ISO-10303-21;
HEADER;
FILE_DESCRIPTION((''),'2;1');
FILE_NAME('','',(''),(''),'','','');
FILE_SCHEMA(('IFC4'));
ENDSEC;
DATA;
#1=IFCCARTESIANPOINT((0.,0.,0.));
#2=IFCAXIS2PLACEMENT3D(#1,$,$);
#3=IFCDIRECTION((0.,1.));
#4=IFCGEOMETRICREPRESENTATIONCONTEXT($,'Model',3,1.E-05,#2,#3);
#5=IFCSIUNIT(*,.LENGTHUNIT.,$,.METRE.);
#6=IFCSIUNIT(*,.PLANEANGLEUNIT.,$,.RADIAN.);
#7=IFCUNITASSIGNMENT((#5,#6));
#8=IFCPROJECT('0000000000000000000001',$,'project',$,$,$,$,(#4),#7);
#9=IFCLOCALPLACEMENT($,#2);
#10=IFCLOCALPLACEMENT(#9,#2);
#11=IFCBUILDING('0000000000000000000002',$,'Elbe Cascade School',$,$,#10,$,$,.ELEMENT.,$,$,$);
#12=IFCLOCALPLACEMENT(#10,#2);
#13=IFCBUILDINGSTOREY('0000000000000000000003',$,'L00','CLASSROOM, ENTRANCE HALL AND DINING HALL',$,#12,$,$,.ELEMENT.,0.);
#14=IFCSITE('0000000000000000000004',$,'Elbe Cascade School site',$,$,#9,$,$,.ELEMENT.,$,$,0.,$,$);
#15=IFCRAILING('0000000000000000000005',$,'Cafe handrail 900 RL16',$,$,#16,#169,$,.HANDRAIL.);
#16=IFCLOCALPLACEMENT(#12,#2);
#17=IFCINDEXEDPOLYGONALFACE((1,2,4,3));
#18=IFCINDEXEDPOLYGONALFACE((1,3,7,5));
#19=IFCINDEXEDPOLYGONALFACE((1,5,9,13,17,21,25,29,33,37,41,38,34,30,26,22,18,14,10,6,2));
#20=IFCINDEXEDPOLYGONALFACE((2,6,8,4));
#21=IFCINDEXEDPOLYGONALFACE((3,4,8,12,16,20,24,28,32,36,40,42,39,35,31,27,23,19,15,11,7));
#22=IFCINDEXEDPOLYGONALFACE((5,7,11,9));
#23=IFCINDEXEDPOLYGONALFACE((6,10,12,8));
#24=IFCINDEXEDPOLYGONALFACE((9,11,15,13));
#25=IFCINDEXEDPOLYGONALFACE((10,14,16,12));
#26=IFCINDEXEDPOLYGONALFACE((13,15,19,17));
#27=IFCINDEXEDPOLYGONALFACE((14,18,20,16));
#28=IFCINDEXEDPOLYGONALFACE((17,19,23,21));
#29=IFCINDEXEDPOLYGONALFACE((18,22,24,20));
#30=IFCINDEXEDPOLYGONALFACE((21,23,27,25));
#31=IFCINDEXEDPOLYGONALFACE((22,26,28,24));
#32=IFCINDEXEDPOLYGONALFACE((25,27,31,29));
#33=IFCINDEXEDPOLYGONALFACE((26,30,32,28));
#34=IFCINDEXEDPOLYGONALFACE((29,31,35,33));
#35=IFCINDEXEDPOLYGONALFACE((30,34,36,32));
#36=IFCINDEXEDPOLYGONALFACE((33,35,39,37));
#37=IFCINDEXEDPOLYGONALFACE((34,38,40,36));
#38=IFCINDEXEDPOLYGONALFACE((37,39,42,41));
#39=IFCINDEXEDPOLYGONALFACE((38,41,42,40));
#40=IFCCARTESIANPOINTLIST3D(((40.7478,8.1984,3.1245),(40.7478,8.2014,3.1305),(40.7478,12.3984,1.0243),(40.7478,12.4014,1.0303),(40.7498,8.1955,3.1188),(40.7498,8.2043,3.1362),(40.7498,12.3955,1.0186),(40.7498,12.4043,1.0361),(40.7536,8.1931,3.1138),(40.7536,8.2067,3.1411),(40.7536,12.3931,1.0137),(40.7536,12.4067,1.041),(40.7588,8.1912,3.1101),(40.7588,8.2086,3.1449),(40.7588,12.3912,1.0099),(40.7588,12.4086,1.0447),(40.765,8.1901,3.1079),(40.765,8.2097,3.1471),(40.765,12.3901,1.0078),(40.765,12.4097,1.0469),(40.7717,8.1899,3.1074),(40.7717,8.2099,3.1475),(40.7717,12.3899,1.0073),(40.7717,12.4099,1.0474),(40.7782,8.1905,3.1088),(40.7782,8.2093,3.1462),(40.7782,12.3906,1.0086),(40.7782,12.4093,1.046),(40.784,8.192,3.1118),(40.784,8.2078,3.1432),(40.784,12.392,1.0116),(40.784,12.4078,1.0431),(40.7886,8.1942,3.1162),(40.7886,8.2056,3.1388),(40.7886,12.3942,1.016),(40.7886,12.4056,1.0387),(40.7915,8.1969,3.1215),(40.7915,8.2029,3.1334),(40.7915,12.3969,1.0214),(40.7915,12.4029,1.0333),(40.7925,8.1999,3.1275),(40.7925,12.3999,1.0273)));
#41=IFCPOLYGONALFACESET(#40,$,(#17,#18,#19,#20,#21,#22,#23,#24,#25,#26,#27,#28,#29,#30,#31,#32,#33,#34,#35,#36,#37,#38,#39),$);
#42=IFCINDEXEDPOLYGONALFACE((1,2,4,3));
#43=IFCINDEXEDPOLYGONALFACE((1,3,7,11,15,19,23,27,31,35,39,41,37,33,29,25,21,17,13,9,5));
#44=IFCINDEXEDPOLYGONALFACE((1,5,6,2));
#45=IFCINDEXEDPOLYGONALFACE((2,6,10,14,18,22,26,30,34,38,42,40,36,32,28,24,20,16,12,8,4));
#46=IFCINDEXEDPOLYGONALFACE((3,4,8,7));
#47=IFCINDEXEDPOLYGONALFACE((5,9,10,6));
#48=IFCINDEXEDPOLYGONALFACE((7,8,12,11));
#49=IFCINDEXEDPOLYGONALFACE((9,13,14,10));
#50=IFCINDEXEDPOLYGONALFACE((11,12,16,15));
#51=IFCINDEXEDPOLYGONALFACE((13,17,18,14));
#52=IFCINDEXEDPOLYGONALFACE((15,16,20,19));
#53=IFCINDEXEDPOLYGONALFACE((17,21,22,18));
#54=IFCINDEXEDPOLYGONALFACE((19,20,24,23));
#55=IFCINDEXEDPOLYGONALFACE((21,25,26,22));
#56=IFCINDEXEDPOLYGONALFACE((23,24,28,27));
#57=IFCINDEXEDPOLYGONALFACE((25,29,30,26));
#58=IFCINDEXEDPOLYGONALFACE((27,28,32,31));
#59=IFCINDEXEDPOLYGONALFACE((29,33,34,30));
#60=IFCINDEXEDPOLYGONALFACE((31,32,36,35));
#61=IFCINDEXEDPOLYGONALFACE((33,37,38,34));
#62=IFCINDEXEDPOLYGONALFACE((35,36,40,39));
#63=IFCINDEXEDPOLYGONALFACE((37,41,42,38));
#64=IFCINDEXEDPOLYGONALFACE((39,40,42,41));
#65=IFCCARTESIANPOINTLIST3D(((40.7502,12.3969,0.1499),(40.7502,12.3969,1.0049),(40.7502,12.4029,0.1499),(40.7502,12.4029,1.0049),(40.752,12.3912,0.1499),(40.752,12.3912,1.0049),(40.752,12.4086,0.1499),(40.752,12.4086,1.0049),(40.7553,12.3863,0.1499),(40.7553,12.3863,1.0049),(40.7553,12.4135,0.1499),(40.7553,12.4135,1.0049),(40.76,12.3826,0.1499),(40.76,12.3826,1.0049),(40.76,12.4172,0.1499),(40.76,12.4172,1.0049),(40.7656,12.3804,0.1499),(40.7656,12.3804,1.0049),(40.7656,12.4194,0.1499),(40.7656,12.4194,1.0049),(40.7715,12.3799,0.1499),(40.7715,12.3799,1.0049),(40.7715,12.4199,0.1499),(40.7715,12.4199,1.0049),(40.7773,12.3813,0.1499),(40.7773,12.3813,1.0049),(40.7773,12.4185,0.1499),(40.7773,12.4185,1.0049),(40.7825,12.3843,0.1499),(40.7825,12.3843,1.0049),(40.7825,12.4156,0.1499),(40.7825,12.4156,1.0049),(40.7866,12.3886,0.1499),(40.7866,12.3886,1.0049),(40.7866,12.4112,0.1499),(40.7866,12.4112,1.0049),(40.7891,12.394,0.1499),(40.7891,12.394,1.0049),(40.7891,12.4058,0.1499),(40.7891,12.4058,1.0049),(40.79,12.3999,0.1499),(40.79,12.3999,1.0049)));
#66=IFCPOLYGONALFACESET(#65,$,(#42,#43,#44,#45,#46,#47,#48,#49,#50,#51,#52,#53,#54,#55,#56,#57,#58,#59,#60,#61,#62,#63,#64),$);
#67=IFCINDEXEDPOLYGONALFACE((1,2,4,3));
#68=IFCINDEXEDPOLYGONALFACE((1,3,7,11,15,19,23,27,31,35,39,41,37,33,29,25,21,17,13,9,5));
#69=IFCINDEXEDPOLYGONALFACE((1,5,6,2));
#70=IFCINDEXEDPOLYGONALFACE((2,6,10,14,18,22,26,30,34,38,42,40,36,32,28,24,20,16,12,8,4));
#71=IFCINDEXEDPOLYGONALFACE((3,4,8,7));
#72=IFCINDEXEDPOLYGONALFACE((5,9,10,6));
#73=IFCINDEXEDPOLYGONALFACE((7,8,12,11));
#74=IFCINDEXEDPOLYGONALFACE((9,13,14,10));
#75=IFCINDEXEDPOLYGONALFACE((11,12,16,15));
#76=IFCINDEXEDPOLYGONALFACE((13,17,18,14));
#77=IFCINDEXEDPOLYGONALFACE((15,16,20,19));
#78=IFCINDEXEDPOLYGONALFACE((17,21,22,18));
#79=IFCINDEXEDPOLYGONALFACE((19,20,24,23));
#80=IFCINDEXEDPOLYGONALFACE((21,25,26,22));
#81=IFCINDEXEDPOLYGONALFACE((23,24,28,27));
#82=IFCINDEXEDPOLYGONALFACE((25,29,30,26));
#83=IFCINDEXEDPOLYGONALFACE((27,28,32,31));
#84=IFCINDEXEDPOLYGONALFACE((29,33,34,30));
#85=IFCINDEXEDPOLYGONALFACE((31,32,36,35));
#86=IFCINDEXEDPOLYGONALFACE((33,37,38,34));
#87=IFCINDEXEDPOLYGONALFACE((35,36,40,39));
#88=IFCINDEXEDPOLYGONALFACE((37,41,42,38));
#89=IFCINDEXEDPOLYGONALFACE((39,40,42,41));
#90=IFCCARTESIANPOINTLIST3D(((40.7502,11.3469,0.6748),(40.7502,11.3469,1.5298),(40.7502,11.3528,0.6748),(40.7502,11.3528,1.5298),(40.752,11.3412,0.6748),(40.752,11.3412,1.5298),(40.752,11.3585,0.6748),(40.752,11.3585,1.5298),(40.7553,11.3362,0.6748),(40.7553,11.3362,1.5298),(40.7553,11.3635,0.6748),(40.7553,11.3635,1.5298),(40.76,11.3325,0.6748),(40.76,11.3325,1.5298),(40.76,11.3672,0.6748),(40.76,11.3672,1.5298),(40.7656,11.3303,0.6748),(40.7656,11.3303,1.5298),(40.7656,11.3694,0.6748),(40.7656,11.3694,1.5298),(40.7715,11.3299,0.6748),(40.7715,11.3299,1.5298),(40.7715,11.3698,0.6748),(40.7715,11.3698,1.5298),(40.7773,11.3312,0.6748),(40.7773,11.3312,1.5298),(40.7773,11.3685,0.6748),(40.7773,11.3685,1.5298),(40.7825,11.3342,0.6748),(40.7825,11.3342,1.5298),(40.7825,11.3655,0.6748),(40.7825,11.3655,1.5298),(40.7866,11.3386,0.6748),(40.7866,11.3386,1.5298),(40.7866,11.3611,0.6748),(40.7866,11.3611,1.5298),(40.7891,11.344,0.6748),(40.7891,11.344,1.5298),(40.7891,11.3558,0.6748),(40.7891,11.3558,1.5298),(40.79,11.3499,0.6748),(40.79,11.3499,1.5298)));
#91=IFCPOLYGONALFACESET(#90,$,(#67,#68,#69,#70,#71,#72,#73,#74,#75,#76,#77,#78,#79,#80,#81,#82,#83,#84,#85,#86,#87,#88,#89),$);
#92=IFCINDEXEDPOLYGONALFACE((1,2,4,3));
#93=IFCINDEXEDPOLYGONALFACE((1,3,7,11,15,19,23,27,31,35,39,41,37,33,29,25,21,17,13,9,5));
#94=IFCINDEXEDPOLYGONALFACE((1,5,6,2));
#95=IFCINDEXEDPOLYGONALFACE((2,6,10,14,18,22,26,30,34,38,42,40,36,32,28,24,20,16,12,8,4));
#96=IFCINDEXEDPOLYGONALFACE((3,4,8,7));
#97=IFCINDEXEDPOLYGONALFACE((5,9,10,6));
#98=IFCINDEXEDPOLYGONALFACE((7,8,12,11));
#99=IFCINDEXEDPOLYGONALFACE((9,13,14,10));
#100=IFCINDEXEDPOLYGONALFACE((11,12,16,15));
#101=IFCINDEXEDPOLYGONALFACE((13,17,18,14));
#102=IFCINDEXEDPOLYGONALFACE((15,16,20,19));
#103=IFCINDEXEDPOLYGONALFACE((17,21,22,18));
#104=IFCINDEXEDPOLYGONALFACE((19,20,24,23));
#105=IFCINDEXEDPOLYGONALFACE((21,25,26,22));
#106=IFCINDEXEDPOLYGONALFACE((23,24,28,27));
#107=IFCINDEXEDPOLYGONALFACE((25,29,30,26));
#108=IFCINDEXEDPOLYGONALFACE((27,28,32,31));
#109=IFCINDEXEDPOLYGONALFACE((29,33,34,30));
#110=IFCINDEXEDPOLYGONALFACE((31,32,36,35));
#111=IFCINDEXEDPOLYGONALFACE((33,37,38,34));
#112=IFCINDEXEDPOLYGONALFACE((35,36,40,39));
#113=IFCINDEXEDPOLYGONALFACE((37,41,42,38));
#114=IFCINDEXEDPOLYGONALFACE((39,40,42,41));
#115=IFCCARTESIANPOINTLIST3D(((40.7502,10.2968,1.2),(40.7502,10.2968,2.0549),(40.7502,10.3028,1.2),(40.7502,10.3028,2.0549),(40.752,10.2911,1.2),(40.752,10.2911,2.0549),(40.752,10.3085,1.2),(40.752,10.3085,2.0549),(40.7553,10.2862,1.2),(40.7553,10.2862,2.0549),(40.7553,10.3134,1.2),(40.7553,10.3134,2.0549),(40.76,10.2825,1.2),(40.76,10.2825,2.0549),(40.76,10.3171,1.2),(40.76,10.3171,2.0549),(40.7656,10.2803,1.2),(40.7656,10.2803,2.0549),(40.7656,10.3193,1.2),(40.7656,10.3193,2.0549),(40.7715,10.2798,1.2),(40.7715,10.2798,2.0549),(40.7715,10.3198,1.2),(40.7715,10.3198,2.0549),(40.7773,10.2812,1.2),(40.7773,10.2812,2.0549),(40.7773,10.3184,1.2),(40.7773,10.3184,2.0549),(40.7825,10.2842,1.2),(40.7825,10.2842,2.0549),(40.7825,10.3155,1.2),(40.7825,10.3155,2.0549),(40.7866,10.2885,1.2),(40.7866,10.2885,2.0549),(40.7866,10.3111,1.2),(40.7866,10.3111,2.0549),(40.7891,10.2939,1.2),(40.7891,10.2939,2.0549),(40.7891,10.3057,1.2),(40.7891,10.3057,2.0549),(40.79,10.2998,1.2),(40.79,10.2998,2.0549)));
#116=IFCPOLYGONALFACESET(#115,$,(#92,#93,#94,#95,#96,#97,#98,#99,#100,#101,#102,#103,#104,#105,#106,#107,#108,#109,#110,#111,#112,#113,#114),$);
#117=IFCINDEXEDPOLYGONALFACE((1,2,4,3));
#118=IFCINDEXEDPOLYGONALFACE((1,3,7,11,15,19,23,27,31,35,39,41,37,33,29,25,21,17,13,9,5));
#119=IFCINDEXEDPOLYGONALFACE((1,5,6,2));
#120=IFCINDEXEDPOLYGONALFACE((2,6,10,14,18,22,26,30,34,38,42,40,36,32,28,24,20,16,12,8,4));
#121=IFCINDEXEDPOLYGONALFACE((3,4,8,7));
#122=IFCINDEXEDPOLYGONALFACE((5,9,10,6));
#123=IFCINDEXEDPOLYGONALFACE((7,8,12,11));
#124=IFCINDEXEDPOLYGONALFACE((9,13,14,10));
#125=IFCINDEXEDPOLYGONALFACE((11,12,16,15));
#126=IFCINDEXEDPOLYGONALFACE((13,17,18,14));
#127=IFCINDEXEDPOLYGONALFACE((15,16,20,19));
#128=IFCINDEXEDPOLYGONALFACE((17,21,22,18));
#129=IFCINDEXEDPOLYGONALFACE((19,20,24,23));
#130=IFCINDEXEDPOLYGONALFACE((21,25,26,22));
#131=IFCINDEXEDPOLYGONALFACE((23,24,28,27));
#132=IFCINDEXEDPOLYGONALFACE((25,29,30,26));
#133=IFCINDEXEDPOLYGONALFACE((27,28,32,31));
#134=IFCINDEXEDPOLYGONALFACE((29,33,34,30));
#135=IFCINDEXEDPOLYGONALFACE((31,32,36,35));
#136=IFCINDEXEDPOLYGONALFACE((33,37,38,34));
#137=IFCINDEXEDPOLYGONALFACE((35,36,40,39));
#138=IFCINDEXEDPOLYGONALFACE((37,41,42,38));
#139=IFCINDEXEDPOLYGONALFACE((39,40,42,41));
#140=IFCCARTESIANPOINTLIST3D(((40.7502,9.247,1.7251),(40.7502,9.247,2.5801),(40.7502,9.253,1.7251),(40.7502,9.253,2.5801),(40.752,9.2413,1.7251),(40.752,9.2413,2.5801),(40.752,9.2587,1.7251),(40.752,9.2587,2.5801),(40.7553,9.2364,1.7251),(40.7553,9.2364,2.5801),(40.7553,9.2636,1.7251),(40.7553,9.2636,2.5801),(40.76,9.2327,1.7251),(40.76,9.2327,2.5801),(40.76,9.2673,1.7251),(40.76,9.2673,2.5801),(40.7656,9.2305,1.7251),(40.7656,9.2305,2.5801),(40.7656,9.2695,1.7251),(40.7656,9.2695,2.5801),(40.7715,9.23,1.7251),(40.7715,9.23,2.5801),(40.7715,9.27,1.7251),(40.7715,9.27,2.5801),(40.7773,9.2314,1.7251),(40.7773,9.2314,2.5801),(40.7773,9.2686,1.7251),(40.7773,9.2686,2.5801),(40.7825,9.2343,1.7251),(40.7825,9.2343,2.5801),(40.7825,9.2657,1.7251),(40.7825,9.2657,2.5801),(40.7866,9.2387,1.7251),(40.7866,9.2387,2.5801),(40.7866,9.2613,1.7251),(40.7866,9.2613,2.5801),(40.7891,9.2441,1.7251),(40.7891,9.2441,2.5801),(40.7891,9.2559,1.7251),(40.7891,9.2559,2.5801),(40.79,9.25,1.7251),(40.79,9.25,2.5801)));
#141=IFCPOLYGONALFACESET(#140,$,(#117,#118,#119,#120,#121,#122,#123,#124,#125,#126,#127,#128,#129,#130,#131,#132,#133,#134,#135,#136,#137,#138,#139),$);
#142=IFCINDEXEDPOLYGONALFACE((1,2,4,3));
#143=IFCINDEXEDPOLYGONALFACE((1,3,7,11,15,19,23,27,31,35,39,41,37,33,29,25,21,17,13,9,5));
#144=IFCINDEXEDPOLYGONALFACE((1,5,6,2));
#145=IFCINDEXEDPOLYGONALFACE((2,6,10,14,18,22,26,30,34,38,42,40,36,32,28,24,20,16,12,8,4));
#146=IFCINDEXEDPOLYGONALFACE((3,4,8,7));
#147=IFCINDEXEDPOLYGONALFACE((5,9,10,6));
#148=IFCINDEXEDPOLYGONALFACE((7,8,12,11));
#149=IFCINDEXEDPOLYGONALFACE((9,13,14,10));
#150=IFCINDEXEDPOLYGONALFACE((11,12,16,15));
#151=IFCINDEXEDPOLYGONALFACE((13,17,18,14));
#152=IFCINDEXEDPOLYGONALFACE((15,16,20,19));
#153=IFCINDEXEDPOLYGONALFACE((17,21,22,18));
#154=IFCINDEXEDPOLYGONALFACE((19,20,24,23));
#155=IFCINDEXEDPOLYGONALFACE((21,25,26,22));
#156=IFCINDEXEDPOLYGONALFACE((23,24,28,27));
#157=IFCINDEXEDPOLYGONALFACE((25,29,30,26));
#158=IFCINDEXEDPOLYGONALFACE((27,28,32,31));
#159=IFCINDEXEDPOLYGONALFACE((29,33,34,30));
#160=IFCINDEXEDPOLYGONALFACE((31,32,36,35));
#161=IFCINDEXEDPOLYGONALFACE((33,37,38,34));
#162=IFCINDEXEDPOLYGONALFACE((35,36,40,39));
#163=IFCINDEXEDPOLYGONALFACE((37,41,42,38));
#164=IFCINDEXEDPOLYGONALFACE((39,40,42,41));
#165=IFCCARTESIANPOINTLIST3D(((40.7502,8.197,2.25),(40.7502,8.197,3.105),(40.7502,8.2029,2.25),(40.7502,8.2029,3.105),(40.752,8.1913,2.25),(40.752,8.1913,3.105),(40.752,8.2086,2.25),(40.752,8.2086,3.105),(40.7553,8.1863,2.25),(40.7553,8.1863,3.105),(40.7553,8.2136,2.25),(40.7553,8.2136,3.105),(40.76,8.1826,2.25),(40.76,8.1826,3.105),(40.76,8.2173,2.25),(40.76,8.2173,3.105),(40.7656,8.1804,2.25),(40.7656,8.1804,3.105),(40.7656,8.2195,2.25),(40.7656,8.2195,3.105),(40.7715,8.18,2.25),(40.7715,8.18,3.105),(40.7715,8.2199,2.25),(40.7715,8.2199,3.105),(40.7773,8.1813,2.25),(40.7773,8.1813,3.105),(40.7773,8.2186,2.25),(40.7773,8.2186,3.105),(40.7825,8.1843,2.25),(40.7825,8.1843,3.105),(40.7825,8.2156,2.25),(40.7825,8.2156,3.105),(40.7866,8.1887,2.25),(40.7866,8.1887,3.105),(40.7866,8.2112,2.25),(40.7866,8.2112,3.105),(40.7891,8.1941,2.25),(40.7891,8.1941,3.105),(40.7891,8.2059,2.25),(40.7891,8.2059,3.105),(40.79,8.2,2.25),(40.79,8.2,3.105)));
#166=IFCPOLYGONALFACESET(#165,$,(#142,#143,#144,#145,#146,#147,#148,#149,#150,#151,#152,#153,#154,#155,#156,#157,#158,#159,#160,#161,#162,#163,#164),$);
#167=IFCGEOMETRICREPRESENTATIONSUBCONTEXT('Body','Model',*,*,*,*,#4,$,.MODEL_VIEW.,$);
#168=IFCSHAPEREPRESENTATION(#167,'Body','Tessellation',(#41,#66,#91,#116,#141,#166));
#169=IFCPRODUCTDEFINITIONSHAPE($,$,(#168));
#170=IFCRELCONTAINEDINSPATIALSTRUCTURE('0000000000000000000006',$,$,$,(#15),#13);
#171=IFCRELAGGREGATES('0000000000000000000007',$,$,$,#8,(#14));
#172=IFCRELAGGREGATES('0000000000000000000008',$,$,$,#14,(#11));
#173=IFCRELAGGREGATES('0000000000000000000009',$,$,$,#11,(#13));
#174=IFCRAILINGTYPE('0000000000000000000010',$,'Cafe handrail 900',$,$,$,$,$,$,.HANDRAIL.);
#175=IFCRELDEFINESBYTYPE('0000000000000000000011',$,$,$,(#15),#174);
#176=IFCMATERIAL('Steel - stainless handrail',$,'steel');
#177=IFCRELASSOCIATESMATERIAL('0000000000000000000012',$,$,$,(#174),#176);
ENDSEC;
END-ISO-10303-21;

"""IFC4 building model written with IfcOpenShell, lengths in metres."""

from ifc_helpers import new_model, si_unit, direction, frame, origin, origin_2d, place, context, subcontext, project, spatial, circle, extrude, material, type_object, element, save


model = new_model("IFC4")

# Units and contexts
model_context = context("Model", 3, precision=1e-05, world=origin(), true_north=direction((0.0, 1.0)))
body_context = subcontext(model_context, "Body", "Model", "MODEL_VIEW")
ifc_project = project(units=[si_unit("LENGTHUNIT", "METRE"), si_unit("PLANEANGLEUNIT", "RADIAN")], contexts=[model_context])

# Site, building, storey
site_placement = place(None, origin())
site = spatial("IfcSite", under=ifc_project, at=site_placement, Name="Elbe Cascade School site", CompositionType="ELEMENT", RefElevation=0.0)
building_placement = place(site_placement, origin())
building = spatial("IfcBuilding", under=site, at=building_placement, Name="Elbe Cascade School", CompositionType="ELEMENT")
storey_placement = place(building_placement, origin())
storey = spatial("IfcBuildingStorey", under=building, at=storey_placement, Name="L00", Description="CLASSROOM, ENTRANCE HALL AND DINING HALL", CompositionType="ELEMENT", Elevation=0.0)

# Railing
ifc_material_1 = material(Name="Steel - stainless handrail", Category="steel")
railing_type_1 = type_object("IfcRailingType", Name="Cafe handrail 900", PredefinedType="HANDRAIL", material=ifc_material_1)
for number, where, name in (
    (1, (40.77, 12.3999, 0.1499), "Cafe handrail 900 RL16"),
):
    element("IfcRailing", number, at=place(storey_placement, frame(where)), inside=storey, type_object=railing_type_1, Name=name, PredefinedType="HANDRAIL", context=body_context, shape_type="SweptSolid", body=[
        extrude(circle(Radius=0.0225, at=origin_2d()), frame((0.0, 0.0, 0.8774), z_axis=(0.0, -0.894417, 0.447234), x_axis=(1.0, 0.0, 0.0)), (0.0, 0.0, 1.0), 4.6958),
        extrude(circle(Radius=0.02, at=origin_2d()), origin(), (0.0, 0.0, 1.0), 0.855),
        extrude(circle(Radius=0.02, at=origin_2d()), frame((0.0, -1.05, 0.5249)), (0.0, 0.0, 1.0), 0.855),
        extrude(circle(Radius=0.02, at=origin_2d()), frame((0.0, -2.1001, 1.05)), (0.0, 0.0, 1.0), 0.855),
        extrude(circle(Radius=0.02, at=origin_2d()), frame((0.0, -3.1499, 1.5752)), (0.0, 0.0, 1.0), 0.855),
        extrude(circle(Radius=0.02, at=origin_2d()), frame((0.0, -4.2, 2.1001)), (0.0, 0.0, 1.0), 0.855),
    ])

save(model, "model.ifc")
